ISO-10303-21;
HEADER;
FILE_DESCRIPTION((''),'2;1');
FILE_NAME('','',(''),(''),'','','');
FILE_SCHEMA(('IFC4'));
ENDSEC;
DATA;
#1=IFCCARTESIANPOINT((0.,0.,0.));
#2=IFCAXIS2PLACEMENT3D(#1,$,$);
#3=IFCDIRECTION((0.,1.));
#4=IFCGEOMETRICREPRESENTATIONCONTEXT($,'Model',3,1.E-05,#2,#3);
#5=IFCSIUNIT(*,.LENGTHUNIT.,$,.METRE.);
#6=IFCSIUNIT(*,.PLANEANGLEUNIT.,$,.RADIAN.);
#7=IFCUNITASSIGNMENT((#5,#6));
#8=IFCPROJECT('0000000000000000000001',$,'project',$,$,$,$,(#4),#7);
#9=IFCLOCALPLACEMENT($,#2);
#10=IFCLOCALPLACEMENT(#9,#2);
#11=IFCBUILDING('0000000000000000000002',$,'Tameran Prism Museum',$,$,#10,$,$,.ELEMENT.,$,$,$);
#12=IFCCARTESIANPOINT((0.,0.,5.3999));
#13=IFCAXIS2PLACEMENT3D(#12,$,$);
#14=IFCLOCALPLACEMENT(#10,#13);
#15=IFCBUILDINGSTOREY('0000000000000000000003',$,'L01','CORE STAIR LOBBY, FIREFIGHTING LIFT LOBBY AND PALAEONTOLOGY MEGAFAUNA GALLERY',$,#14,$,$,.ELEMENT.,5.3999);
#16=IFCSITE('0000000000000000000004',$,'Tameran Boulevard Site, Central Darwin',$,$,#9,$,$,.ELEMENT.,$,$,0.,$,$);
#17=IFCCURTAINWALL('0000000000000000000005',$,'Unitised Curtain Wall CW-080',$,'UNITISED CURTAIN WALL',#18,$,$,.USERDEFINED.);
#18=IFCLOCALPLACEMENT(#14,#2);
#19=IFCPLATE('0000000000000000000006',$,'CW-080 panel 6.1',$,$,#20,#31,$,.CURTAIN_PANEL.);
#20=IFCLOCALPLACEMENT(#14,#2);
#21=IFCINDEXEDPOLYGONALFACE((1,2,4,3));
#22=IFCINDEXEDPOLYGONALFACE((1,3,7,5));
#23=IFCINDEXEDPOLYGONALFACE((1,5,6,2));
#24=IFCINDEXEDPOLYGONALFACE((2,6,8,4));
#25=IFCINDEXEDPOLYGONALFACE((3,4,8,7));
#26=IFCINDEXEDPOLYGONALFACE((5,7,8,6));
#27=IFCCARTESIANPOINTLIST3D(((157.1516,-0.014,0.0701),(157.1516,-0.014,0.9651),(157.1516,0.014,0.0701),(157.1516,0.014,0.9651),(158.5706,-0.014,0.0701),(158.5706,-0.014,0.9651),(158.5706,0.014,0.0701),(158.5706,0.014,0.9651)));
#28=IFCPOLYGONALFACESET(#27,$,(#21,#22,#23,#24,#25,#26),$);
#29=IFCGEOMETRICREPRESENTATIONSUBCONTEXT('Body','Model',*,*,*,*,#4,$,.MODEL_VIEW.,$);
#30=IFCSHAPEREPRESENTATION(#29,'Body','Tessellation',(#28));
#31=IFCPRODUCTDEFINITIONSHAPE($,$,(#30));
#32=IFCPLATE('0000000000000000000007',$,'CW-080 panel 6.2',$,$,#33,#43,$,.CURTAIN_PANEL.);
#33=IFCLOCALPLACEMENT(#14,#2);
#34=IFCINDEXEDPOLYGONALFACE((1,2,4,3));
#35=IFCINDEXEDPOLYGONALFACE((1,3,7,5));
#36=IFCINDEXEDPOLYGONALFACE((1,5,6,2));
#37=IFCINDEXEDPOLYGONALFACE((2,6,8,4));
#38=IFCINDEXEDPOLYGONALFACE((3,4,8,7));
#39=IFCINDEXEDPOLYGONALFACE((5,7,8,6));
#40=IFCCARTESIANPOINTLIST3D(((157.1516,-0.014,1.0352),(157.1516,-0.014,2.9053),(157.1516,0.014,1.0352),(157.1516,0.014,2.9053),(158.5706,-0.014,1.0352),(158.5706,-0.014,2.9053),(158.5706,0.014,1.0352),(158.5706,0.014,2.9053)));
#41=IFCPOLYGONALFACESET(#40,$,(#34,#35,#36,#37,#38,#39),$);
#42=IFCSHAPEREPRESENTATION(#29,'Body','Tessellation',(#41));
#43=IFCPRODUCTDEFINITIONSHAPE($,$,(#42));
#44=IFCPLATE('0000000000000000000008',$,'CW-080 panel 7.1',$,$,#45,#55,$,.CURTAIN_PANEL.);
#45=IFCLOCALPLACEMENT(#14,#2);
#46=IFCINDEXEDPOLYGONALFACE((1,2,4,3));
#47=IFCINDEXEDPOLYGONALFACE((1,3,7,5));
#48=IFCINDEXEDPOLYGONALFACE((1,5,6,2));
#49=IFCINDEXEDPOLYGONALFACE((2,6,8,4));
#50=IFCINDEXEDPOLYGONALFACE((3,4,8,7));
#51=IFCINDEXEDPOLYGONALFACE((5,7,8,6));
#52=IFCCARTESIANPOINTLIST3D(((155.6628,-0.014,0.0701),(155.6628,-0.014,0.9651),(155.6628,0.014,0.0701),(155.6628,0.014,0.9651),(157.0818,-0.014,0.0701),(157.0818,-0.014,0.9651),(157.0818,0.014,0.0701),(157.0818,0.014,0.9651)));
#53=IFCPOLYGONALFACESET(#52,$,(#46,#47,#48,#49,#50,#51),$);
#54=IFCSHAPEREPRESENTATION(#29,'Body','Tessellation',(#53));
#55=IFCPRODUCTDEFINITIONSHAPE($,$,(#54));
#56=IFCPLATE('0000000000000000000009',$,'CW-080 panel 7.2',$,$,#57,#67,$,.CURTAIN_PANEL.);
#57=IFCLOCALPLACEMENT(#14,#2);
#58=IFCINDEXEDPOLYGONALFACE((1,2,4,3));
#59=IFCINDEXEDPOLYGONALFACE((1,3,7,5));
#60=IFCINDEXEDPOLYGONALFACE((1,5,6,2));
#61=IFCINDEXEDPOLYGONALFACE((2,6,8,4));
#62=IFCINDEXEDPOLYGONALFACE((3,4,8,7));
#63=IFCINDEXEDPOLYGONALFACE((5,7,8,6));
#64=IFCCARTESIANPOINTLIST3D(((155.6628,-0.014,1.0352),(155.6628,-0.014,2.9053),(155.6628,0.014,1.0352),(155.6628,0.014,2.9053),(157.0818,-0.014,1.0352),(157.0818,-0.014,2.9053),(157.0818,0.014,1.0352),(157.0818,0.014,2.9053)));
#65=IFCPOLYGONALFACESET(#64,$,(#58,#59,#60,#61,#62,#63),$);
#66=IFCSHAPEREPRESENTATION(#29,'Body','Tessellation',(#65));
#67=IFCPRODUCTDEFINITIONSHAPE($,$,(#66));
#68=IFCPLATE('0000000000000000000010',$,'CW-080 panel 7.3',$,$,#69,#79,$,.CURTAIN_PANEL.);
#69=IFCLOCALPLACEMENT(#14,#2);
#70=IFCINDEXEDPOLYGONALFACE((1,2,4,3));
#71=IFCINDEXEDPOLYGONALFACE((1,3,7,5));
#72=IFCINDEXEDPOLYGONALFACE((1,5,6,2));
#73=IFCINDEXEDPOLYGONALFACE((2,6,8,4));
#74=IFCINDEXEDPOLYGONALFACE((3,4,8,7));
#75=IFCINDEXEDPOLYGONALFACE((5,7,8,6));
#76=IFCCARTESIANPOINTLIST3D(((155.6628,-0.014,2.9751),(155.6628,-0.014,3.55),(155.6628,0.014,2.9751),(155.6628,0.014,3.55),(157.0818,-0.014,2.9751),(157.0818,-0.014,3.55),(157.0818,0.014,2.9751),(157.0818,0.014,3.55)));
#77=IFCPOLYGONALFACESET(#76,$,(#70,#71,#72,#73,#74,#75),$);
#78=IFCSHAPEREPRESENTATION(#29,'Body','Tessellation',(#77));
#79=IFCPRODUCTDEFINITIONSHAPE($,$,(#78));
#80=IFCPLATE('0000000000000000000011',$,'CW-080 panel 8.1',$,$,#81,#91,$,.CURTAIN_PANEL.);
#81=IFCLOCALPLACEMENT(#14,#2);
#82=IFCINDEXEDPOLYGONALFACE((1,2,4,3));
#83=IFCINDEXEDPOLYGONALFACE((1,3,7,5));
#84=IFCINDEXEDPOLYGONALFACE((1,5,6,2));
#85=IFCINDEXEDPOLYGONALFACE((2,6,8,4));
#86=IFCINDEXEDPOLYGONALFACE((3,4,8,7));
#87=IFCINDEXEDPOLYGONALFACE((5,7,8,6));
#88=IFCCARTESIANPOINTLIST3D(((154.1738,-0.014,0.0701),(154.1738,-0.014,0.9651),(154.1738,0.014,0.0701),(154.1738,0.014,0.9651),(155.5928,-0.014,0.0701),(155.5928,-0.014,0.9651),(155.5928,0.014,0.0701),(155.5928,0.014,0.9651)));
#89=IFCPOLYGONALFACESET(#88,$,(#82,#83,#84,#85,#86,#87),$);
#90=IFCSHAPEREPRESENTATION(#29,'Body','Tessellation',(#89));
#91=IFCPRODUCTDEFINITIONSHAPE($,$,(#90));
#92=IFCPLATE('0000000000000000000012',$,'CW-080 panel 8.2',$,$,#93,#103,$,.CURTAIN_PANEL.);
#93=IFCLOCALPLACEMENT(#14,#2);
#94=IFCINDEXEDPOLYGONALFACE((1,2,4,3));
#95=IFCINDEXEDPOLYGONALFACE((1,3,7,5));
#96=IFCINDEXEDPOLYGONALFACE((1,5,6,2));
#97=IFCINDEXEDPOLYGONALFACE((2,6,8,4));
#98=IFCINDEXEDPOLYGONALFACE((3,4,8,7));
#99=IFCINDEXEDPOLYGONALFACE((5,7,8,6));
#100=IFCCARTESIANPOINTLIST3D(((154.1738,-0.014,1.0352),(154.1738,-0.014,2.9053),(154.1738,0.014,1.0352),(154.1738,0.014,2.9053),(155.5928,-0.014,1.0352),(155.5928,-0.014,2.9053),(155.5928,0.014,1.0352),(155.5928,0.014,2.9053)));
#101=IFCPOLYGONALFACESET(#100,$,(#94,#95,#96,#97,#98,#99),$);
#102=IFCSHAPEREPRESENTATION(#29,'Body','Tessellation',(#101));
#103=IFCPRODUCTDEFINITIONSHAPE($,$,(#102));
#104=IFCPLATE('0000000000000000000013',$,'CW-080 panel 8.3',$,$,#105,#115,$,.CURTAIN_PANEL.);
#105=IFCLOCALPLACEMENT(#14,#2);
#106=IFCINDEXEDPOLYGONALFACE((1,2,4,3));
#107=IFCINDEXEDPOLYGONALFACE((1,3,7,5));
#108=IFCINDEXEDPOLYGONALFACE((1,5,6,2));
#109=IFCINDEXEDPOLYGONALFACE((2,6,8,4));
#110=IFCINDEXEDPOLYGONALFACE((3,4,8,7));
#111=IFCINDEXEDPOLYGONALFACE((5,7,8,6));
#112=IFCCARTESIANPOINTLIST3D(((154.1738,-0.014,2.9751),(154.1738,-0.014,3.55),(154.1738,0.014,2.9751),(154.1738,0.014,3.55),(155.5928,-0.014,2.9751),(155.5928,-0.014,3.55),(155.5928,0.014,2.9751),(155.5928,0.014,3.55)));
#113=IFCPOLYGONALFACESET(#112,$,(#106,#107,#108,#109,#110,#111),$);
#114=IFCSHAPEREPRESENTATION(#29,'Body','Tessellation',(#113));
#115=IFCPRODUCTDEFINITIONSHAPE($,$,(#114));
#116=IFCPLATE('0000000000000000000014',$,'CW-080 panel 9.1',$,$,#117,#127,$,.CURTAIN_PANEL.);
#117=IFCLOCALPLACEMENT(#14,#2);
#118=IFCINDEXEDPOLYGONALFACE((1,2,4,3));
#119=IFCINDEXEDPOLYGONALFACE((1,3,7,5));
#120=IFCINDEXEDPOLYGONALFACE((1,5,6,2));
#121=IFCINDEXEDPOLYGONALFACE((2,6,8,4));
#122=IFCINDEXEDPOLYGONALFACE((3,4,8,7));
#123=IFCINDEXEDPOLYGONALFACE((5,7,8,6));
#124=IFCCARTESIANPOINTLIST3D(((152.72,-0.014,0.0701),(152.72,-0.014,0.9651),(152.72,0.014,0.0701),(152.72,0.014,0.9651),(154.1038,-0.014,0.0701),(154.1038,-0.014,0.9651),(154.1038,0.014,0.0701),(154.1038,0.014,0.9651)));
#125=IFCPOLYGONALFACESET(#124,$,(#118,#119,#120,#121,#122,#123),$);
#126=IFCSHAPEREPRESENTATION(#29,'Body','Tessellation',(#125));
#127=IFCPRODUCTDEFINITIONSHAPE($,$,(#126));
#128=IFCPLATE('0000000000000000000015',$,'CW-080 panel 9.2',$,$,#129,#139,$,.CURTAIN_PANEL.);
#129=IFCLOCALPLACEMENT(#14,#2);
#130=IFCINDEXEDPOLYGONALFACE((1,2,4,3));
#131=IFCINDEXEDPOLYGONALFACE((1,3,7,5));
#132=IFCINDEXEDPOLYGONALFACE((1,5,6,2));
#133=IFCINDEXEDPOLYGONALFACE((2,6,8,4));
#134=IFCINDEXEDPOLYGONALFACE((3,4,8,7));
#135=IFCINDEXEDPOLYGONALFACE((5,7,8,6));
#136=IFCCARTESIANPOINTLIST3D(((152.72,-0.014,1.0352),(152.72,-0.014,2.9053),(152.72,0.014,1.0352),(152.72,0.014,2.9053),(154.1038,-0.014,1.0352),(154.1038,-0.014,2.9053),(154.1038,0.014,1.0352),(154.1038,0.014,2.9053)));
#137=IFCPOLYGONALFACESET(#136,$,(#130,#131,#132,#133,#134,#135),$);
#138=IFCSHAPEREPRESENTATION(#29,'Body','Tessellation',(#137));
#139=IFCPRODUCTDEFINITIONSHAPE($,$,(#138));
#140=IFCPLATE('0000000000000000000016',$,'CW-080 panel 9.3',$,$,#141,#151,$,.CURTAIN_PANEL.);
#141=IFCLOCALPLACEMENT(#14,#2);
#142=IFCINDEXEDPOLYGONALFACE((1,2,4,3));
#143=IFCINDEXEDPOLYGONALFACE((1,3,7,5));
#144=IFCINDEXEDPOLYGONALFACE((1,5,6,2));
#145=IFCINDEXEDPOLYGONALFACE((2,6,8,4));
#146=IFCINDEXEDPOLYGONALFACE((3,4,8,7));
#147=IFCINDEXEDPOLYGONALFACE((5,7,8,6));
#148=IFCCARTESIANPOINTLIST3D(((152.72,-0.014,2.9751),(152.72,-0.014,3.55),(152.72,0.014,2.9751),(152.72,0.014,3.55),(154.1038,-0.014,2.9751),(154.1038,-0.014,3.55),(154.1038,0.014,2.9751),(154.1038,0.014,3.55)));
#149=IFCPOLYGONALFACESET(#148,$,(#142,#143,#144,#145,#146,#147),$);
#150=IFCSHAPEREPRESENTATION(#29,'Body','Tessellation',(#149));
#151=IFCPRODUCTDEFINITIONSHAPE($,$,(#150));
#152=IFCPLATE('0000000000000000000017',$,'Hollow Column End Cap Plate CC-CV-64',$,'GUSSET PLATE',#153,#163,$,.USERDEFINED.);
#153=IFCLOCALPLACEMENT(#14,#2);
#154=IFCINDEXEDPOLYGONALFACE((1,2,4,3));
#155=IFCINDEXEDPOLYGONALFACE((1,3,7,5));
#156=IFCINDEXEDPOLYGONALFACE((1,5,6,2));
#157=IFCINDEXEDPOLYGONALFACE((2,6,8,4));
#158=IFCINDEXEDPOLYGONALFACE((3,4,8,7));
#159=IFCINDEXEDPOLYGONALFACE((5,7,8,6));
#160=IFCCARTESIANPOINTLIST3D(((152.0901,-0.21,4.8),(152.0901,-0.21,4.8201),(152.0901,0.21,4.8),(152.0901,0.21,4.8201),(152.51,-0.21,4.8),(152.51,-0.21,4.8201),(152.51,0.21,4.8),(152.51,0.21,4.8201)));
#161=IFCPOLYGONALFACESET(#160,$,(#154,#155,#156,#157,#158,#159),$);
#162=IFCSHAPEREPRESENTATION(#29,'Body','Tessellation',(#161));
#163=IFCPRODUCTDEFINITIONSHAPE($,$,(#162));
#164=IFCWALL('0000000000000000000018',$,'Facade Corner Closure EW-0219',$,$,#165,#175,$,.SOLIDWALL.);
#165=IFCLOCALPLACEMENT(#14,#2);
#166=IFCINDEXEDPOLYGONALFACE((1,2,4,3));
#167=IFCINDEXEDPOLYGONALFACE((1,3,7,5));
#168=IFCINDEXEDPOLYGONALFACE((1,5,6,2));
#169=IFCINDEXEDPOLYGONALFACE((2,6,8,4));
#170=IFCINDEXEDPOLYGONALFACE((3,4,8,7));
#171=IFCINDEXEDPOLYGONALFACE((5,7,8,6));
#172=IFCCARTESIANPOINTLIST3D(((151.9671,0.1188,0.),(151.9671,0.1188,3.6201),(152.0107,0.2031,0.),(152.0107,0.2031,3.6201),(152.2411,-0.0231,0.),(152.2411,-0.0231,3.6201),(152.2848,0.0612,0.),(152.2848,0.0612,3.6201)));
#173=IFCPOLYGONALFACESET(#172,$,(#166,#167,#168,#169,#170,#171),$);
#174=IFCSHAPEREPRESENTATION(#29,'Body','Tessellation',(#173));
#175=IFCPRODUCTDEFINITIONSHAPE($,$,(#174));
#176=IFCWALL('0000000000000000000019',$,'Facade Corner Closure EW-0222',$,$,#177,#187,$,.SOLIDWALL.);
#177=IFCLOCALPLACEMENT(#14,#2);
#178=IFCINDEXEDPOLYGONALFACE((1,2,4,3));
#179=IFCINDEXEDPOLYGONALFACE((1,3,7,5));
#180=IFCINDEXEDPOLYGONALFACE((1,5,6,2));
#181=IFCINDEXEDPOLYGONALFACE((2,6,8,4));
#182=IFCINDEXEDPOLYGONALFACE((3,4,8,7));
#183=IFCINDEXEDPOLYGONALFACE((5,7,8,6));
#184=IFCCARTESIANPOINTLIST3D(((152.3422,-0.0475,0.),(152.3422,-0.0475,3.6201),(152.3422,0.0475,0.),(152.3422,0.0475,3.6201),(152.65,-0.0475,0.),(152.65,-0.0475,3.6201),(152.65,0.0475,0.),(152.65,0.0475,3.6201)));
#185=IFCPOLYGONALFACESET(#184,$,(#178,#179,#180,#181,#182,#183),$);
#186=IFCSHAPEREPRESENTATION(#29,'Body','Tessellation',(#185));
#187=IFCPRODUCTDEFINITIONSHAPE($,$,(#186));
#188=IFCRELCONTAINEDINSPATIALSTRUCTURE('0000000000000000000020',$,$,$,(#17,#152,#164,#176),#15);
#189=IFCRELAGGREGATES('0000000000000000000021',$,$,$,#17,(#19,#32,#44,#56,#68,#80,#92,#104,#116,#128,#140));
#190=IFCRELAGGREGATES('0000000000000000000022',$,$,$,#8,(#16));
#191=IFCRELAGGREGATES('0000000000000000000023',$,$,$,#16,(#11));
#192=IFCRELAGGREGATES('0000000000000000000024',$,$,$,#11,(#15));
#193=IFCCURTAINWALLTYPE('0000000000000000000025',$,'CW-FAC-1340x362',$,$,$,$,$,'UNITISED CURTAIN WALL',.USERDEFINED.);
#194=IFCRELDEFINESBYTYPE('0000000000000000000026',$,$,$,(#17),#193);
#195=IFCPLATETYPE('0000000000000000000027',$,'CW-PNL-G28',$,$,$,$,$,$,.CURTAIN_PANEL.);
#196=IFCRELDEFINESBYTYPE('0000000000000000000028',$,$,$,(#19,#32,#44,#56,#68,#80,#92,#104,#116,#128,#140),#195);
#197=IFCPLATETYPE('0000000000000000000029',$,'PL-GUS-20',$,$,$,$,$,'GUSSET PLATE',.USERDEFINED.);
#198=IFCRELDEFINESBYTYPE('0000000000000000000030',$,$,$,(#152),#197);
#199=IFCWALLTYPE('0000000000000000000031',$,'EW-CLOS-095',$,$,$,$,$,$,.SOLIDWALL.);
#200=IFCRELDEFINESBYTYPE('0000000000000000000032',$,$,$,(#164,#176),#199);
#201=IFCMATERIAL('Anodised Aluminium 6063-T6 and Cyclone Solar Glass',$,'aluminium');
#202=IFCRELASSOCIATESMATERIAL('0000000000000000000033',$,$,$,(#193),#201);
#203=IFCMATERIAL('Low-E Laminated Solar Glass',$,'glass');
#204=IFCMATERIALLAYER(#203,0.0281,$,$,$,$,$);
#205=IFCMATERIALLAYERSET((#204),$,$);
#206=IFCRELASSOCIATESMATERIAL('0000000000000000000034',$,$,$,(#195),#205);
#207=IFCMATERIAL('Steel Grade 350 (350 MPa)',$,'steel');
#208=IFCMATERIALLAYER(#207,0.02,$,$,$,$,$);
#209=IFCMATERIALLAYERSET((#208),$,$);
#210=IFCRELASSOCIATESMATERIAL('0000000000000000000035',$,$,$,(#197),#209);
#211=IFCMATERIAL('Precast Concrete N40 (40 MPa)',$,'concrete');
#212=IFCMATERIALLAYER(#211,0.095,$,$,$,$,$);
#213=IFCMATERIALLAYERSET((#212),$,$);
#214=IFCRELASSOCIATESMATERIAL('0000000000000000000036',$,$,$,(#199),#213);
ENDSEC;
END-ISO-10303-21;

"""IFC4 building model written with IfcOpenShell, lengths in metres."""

from ifc_helpers import new_model, si_unit, direction, frame, frame_2d, origin, origin_2d, place, context, subcontext, project, spatial, rectangle, extrude, material, layer, layer_set, type_object, element, aggregate, save


model = new_model("IFC4")

# Units and contexts
model_context = context("Model", 3, precision=1e-05, world=origin(), true_north=direction((0.0, 1.0)))
body_context = subcontext(model_context, "Body", "Model", "MODEL_VIEW")
ifc_project = project(units=[si_unit("LENGTHUNIT", "METRE"), si_unit("PLANEANGLEUNIT", "RADIAN")], contexts=[model_context])

# Site, building, storey
site_placement = place(None, origin())
site = spatial("IfcSite", under=ifc_project, at=site_placement, Name="Tameran Boulevard Site, Central Darwin", CompositionType="ELEMENT", RefElevation=0.0)
building_placement = place(site_placement, origin())
building = spatial("IfcBuilding", under=site, at=building_placement, Name="Tameran Prism Museum", CompositionType="ELEMENT")
storey_placement = place(building_placement, frame((0.0, 0.0, 5.3999)))
storey = spatial("IfcBuildingStorey", under=building, at=storey_placement, Name="L01", Description="CORE STAIR LOBBY, FIREFIGHTING LIFT LOBBY AND PALAEONTOLOGY MEGAFAUNA GALLERY", CompositionType="ELEMENT", Elevation=5.3999)

# Curtain wall, plates
ifc_material_1 = material(Name="Anodised Aluminium 6063-T6 and Cyclone Solar Glass", Category="aluminium")
curtain_wall_type_1 = type_object("IfcCurtainWallType", Name="CW-FAC-1340x362", ElementType="UNITISED CURTAIN WALL", PredefinedType="USERDEFINED", material=ifc_material_1)
curtain_wall_1_placement = place(storey_placement, origin())
curtain_wall_1 = element("IfcCurtainWall", 1, at=curtain_wall_1_placement, inside=storey, type_object=curtain_wall_type_1, Name="Unitised Curtain Wall CW-080", ObjectType="UNITISED CURTAIN WALL", PredefinedType="USERDEFINED")
ifc_material_2 = material(Name="Low-E Laminated Solar Glass", Category="glass")
ifc_layer_1 = layer(ifc_material_2, 0.0281)
ifc_layer_set_1 = layer_set([ifc_layer_1])
plate_type_1 = type_object("IfcPlateType", Name="CW-PNL-G28", PredefinedType="CURTAIN_PANEL", material=ifc_layer_set_1)
plate_1_placement = place(storey_placement, frame((157.8611, 0.0, 0.0701), z_axis=(0.0, 0.0, 1.0), x_axis=(-1.0, 0.0, 0.0)))
plate_1 = element("IfcPlate", 2, at=plate_1_placement, type_object=plate_type_1, Name="CW-080 panel 6.1", PredefinedType="CURTAIN_PANEL", context=body_context, shape_type="SweptSolid", body=[
    extrude(rectangle(XDim=1.4189, YDim=0.0281, at=origin_2d()), origin(), (0.0, 0.0, 1.0), 0.895),
])
plate_2_placement = place(storey_placement, frame((157.8611, 0.0, 1.0352), z_axis=(0.0, 0.0, 1.0), x_axis=(-1.0, 0.0, 0.0)))
plate_2 = element("IfcPlate", 3, at=plate_2_placement, type_object=plate_type_1, Name="CW-080 panel 6.2", PredefinedType="CURTAIN_PANEL", context=body_context, shape_type="SweptSolid", body=[
    extrude(rectangle(XDim=1.4189, YDim=0.0281, at=origin_2d()), origin(), (0.0, 0.0, 1.0), 1.8701),
])
plate_3_placement = place(storey_placement, frame((156.3723, 0.0, 0.0701), z_axis=(0.0, 0.0, 1.0), x_axis=(-1.0, 0.0, 0.0)))
plate_3 = element("IfcPlate", 4, at=plate_3_placement, type_object=plate_type_1, Name="CW-080 panel 7.1", PredefinedType="CURTAIN_PANEL", context=body_context, shape_type="SweptSolid", body=[
    extrude(rectangle(XDim=1.4189, YDim=0.0281, at=origin_2d()), origin(), (0.0, 0.0, 1.0), 0.895),
])
plate_4_placement = place(storey_placement, frame((156.3723, 0.0, 1.0352), z_axis=(0.0, 0.0, 1.0), x_axis=(-1.0, 0.0, 0.0)))
plate_4 = element("IfcPlate", 5, at=plate_4_placement, type_object=plate_type_1, Name="CW-080 panel 7.2", PredefinedType="CURTAIN_PANEL", context=body_context, shape_type="SweptSolid", body=[
    extrude(rectangle(XDim=1.4189, YDim=0.0281, at=origin_2d()), origin(), (0.0, 0.0, 1.0), 1.8701),
])
plate_5_placement = place(storey_placement, frame((156.3723, 0.0, 2.9751), z_axis=(0.0, 0.0, 1.0), x_axis=(-1.0, 0.0, 0.0)))
plate_5 = element("IfcPlate", 6, at=plate_5_placement, type_object=plate_type_1, Name="CW-080 panel 7.3", PredefinedType="CURTAIN_PANEL", context=body_context, shape_type="SweptSolid", body=[
    extrude(rectangle(XDim=1.4189, YDim=0.0281, at=origin_2d()), origin(), (0.0, 0.0, 1.0), 0.575),
])
plate_6_placement = place(storey_placement, frame((154.8833, 0.0, 0.0701), z_axis=(0.0, 0.0, 1.0), x_axis=(-1.0, 0.0, 0.0)))
plate_6 = element("IfcPlate", 7, at=plate_6_placement, type_object=plate_type_1, Name="CW-080 panel 8.1", PredefinedType="CURTAIN_PANEL", context=body_context, shape_type="SweptSolid", body=[
    extrude(rectangle(XDim=1.4189, YDim=0.0281, at=origin_2d()), origin(), (0.0, 0.0, 1.0), 0.895),
])
plate_7_placement = place(storey_placement, frame((154.8833, 0.0, 1.0352), z_axis=(0.0, 0.0, 1.0), x_axis=(-1.0, 0.0, 0.0)))
plate_7 = element("IfcPlate", 8, at=plate_7_placement, type_object=plate_type_1, Name="CW-080 panel 8.2", PredefinedType="CURTAIN_PANEL", context=body_context, shape_type="SweptSolid", body=[
    extrude(rectangle(XDim=1.4189, YDim=0.0281, at=origin_2d()), origin(), (0.0, 0.0, 1.0), 1.8701),
])
plate_8_placement = place(storey_placement, frame((154.8833, 0.0, 2.9751), z_axis=(0.0, 0.0, 1.0), x_axis=(-1.0, 0.0, 0.0)))
plate_8 = element("IfcPlate", 9, at=plate_8_placement, type_object=plate_type_1, Name="CW-080 panel 8.3", PredefinedType="CURTAIN_PANEL", context=body_context, shape_type="SweptSolid", body=[
    extrude(rectangle(XDim=1.4189, YDim=0.0281, at=origin_2d()), origin(), (0.0, 0.0, 1.0), 0.575),
])
plate_9_placement = place(storey_placement, frame((153.4119, 0.0, 0.0701), z_axis=(0.0, 0.0, 1.0), x_axis=(-1.0, 0.0, 0.0)))
plate_9 = element("IfcPlate", 10, at=plate_9_placement, type_object=plate_type_1, Name="CW-080 panel 9.1", PredefinedType="CURTAIN_PANEL", context=body_context, shape_type="SweptSolid", body=[
    extrude(rectangle(XDim=1.3838, YDim=0.0281, at=origin_2d()), origin(), (0.0, 0.0, 1.0), 0.895),
])
plate_10_placement = place(storey_placement, frame((153.4119, 0.0, 1.0352), z_axis=(0.0, 0.0, 1.0), x_axis=(-1.0, 0.0, 0.0)))
plate_10 = element("IfcPlate", 11, at=plate_10_placement, type_object=plate_type_1, Name="CW-080 panel 9.2", PredefinedType="CURTAIN_PANEL", context=body_context, shape_type="SweptSolid", body=[
    extrude(rectangle(XDim=1.3838, YDim=0.0281, at=origin_2d()), origin(), (0.0, 0.0, 1.0), 1.8701),
])
plate_11_placement = place(storey_placement, frame((153.4119, 0.0, 2.9751), z_axis=(0.0, 0.0, 1.0), x_axis=(-1.0, 0.0, 0.0)))
plate_11 = element("IfcPlate", 12, at=plate_11_placement, type_object=plate_type_1, Name="CW-080 panel 9.3", PredefinedType="CURTAIN_PANEL", context=body_context, shape_type="SweptSolid", body=[
    extrude(rectangle(XDim=1.3838, YDim=0.0281, at=origin_2d()), origin(), (0.0, 0.0, 1.0), 0.575),
])
aggregate(curtain_wall_1, [plate_1, plate_2, plate_3, plate_4, plate_5, plate_6, plate_7, plate_8, plate_9, plate_10, plate_11])

# Plate
ifc_material_3 = material(Name="Steel Grade 350 (350 MPa)", Category="steel")
ifc_layer_2 = layer(ifc_material_3, 0.02)
ifc_layer_set_2 = layer_set([ifc_layer_2])
plate_type_2 = type_object("IfcPlateType", Name="PL-GUS-20", ElementType="GUSSET PLATE", PredefinedType="USERDEFINED", material=ifc_layer_set_2)
plate_12_placement = place(storey_placement, frame((152.3, 0.0, 4.8), z_axis=(0.0, 0.0, 1.0), x_axis=(1.0, 0.0, 0.0)))
element("IfcPlate", 13, at=plate_12_placement, inside=storey, type_object=plate_type_2, Name="Hollow Column End Cap Plate CC-CV-64", ObjectType="GUSSET PLATE", PredefinedType="USERDEFINED", context=body_context, shape_type="SweptSolid", body=[
    extrude(rectangle(XDim=0.4199, YDim=0.4199, at=origin_2d()), origin(), (0.0, 0.0, 1.0), 0.02),
])

# Walls
ifc_material_4 = material(Name="Precast Concrete N40 (40 MPa)", Category="concrete")
ifc_layer_3 = layer(ifc_material_4, 0.095)
ifc_layer_set_3 = layer_set([ifc_layer_3])
wall_type = type_object("IfcWallType", Name="EW-CLOS-095", PredefinedType="SOLIDWALL", material=ifc_layer_set_3)
wall_1_placement = place(storey_placement, frame((152.2629, 0.019, 0.0), z_axis=(0.0, 0.0, 1.0), x_axis=(-0.888006, 0.459832, 0.0)))
element("IfcWall", 14, at=wall_1_placement, inside=storey, type_object=wall_type, Name="Facade Corner Closure EW-0219", PredefinedType="SOLIDWALL", context=body_context, shape_type="SweptSolid", body=[
    extrude(rectangle(XDim=0.3086, YDim=0.095, at=frame_2d((0.1543, 0.0))), origin(), (0.0, 0.0, 1.0), 3.6201),
])
wall_2_placement = place(storey_placement, frame((152.6499, 0.0, 0.0), z_axis=(0.0, 0.0, 1.0), x_axis=(-1.0, 0.0, 0.0)))
element("IfcWall", 15, at=wall_2_placement, inside=storey, type_object=wall_type, Name="Facade Corner Closure EW-0222", PredefinedType="SOLIDWALL", context=body_context, shape_type="SweptSolid", body=[
    extrude(rectangle(XDim=0.3079, YDim=0.095, at=frame_2d((0.1538, 0.0))), origin(), (0.0, 0.0, 1.0), 3.6201),
])

save(model, "model.ifc")
